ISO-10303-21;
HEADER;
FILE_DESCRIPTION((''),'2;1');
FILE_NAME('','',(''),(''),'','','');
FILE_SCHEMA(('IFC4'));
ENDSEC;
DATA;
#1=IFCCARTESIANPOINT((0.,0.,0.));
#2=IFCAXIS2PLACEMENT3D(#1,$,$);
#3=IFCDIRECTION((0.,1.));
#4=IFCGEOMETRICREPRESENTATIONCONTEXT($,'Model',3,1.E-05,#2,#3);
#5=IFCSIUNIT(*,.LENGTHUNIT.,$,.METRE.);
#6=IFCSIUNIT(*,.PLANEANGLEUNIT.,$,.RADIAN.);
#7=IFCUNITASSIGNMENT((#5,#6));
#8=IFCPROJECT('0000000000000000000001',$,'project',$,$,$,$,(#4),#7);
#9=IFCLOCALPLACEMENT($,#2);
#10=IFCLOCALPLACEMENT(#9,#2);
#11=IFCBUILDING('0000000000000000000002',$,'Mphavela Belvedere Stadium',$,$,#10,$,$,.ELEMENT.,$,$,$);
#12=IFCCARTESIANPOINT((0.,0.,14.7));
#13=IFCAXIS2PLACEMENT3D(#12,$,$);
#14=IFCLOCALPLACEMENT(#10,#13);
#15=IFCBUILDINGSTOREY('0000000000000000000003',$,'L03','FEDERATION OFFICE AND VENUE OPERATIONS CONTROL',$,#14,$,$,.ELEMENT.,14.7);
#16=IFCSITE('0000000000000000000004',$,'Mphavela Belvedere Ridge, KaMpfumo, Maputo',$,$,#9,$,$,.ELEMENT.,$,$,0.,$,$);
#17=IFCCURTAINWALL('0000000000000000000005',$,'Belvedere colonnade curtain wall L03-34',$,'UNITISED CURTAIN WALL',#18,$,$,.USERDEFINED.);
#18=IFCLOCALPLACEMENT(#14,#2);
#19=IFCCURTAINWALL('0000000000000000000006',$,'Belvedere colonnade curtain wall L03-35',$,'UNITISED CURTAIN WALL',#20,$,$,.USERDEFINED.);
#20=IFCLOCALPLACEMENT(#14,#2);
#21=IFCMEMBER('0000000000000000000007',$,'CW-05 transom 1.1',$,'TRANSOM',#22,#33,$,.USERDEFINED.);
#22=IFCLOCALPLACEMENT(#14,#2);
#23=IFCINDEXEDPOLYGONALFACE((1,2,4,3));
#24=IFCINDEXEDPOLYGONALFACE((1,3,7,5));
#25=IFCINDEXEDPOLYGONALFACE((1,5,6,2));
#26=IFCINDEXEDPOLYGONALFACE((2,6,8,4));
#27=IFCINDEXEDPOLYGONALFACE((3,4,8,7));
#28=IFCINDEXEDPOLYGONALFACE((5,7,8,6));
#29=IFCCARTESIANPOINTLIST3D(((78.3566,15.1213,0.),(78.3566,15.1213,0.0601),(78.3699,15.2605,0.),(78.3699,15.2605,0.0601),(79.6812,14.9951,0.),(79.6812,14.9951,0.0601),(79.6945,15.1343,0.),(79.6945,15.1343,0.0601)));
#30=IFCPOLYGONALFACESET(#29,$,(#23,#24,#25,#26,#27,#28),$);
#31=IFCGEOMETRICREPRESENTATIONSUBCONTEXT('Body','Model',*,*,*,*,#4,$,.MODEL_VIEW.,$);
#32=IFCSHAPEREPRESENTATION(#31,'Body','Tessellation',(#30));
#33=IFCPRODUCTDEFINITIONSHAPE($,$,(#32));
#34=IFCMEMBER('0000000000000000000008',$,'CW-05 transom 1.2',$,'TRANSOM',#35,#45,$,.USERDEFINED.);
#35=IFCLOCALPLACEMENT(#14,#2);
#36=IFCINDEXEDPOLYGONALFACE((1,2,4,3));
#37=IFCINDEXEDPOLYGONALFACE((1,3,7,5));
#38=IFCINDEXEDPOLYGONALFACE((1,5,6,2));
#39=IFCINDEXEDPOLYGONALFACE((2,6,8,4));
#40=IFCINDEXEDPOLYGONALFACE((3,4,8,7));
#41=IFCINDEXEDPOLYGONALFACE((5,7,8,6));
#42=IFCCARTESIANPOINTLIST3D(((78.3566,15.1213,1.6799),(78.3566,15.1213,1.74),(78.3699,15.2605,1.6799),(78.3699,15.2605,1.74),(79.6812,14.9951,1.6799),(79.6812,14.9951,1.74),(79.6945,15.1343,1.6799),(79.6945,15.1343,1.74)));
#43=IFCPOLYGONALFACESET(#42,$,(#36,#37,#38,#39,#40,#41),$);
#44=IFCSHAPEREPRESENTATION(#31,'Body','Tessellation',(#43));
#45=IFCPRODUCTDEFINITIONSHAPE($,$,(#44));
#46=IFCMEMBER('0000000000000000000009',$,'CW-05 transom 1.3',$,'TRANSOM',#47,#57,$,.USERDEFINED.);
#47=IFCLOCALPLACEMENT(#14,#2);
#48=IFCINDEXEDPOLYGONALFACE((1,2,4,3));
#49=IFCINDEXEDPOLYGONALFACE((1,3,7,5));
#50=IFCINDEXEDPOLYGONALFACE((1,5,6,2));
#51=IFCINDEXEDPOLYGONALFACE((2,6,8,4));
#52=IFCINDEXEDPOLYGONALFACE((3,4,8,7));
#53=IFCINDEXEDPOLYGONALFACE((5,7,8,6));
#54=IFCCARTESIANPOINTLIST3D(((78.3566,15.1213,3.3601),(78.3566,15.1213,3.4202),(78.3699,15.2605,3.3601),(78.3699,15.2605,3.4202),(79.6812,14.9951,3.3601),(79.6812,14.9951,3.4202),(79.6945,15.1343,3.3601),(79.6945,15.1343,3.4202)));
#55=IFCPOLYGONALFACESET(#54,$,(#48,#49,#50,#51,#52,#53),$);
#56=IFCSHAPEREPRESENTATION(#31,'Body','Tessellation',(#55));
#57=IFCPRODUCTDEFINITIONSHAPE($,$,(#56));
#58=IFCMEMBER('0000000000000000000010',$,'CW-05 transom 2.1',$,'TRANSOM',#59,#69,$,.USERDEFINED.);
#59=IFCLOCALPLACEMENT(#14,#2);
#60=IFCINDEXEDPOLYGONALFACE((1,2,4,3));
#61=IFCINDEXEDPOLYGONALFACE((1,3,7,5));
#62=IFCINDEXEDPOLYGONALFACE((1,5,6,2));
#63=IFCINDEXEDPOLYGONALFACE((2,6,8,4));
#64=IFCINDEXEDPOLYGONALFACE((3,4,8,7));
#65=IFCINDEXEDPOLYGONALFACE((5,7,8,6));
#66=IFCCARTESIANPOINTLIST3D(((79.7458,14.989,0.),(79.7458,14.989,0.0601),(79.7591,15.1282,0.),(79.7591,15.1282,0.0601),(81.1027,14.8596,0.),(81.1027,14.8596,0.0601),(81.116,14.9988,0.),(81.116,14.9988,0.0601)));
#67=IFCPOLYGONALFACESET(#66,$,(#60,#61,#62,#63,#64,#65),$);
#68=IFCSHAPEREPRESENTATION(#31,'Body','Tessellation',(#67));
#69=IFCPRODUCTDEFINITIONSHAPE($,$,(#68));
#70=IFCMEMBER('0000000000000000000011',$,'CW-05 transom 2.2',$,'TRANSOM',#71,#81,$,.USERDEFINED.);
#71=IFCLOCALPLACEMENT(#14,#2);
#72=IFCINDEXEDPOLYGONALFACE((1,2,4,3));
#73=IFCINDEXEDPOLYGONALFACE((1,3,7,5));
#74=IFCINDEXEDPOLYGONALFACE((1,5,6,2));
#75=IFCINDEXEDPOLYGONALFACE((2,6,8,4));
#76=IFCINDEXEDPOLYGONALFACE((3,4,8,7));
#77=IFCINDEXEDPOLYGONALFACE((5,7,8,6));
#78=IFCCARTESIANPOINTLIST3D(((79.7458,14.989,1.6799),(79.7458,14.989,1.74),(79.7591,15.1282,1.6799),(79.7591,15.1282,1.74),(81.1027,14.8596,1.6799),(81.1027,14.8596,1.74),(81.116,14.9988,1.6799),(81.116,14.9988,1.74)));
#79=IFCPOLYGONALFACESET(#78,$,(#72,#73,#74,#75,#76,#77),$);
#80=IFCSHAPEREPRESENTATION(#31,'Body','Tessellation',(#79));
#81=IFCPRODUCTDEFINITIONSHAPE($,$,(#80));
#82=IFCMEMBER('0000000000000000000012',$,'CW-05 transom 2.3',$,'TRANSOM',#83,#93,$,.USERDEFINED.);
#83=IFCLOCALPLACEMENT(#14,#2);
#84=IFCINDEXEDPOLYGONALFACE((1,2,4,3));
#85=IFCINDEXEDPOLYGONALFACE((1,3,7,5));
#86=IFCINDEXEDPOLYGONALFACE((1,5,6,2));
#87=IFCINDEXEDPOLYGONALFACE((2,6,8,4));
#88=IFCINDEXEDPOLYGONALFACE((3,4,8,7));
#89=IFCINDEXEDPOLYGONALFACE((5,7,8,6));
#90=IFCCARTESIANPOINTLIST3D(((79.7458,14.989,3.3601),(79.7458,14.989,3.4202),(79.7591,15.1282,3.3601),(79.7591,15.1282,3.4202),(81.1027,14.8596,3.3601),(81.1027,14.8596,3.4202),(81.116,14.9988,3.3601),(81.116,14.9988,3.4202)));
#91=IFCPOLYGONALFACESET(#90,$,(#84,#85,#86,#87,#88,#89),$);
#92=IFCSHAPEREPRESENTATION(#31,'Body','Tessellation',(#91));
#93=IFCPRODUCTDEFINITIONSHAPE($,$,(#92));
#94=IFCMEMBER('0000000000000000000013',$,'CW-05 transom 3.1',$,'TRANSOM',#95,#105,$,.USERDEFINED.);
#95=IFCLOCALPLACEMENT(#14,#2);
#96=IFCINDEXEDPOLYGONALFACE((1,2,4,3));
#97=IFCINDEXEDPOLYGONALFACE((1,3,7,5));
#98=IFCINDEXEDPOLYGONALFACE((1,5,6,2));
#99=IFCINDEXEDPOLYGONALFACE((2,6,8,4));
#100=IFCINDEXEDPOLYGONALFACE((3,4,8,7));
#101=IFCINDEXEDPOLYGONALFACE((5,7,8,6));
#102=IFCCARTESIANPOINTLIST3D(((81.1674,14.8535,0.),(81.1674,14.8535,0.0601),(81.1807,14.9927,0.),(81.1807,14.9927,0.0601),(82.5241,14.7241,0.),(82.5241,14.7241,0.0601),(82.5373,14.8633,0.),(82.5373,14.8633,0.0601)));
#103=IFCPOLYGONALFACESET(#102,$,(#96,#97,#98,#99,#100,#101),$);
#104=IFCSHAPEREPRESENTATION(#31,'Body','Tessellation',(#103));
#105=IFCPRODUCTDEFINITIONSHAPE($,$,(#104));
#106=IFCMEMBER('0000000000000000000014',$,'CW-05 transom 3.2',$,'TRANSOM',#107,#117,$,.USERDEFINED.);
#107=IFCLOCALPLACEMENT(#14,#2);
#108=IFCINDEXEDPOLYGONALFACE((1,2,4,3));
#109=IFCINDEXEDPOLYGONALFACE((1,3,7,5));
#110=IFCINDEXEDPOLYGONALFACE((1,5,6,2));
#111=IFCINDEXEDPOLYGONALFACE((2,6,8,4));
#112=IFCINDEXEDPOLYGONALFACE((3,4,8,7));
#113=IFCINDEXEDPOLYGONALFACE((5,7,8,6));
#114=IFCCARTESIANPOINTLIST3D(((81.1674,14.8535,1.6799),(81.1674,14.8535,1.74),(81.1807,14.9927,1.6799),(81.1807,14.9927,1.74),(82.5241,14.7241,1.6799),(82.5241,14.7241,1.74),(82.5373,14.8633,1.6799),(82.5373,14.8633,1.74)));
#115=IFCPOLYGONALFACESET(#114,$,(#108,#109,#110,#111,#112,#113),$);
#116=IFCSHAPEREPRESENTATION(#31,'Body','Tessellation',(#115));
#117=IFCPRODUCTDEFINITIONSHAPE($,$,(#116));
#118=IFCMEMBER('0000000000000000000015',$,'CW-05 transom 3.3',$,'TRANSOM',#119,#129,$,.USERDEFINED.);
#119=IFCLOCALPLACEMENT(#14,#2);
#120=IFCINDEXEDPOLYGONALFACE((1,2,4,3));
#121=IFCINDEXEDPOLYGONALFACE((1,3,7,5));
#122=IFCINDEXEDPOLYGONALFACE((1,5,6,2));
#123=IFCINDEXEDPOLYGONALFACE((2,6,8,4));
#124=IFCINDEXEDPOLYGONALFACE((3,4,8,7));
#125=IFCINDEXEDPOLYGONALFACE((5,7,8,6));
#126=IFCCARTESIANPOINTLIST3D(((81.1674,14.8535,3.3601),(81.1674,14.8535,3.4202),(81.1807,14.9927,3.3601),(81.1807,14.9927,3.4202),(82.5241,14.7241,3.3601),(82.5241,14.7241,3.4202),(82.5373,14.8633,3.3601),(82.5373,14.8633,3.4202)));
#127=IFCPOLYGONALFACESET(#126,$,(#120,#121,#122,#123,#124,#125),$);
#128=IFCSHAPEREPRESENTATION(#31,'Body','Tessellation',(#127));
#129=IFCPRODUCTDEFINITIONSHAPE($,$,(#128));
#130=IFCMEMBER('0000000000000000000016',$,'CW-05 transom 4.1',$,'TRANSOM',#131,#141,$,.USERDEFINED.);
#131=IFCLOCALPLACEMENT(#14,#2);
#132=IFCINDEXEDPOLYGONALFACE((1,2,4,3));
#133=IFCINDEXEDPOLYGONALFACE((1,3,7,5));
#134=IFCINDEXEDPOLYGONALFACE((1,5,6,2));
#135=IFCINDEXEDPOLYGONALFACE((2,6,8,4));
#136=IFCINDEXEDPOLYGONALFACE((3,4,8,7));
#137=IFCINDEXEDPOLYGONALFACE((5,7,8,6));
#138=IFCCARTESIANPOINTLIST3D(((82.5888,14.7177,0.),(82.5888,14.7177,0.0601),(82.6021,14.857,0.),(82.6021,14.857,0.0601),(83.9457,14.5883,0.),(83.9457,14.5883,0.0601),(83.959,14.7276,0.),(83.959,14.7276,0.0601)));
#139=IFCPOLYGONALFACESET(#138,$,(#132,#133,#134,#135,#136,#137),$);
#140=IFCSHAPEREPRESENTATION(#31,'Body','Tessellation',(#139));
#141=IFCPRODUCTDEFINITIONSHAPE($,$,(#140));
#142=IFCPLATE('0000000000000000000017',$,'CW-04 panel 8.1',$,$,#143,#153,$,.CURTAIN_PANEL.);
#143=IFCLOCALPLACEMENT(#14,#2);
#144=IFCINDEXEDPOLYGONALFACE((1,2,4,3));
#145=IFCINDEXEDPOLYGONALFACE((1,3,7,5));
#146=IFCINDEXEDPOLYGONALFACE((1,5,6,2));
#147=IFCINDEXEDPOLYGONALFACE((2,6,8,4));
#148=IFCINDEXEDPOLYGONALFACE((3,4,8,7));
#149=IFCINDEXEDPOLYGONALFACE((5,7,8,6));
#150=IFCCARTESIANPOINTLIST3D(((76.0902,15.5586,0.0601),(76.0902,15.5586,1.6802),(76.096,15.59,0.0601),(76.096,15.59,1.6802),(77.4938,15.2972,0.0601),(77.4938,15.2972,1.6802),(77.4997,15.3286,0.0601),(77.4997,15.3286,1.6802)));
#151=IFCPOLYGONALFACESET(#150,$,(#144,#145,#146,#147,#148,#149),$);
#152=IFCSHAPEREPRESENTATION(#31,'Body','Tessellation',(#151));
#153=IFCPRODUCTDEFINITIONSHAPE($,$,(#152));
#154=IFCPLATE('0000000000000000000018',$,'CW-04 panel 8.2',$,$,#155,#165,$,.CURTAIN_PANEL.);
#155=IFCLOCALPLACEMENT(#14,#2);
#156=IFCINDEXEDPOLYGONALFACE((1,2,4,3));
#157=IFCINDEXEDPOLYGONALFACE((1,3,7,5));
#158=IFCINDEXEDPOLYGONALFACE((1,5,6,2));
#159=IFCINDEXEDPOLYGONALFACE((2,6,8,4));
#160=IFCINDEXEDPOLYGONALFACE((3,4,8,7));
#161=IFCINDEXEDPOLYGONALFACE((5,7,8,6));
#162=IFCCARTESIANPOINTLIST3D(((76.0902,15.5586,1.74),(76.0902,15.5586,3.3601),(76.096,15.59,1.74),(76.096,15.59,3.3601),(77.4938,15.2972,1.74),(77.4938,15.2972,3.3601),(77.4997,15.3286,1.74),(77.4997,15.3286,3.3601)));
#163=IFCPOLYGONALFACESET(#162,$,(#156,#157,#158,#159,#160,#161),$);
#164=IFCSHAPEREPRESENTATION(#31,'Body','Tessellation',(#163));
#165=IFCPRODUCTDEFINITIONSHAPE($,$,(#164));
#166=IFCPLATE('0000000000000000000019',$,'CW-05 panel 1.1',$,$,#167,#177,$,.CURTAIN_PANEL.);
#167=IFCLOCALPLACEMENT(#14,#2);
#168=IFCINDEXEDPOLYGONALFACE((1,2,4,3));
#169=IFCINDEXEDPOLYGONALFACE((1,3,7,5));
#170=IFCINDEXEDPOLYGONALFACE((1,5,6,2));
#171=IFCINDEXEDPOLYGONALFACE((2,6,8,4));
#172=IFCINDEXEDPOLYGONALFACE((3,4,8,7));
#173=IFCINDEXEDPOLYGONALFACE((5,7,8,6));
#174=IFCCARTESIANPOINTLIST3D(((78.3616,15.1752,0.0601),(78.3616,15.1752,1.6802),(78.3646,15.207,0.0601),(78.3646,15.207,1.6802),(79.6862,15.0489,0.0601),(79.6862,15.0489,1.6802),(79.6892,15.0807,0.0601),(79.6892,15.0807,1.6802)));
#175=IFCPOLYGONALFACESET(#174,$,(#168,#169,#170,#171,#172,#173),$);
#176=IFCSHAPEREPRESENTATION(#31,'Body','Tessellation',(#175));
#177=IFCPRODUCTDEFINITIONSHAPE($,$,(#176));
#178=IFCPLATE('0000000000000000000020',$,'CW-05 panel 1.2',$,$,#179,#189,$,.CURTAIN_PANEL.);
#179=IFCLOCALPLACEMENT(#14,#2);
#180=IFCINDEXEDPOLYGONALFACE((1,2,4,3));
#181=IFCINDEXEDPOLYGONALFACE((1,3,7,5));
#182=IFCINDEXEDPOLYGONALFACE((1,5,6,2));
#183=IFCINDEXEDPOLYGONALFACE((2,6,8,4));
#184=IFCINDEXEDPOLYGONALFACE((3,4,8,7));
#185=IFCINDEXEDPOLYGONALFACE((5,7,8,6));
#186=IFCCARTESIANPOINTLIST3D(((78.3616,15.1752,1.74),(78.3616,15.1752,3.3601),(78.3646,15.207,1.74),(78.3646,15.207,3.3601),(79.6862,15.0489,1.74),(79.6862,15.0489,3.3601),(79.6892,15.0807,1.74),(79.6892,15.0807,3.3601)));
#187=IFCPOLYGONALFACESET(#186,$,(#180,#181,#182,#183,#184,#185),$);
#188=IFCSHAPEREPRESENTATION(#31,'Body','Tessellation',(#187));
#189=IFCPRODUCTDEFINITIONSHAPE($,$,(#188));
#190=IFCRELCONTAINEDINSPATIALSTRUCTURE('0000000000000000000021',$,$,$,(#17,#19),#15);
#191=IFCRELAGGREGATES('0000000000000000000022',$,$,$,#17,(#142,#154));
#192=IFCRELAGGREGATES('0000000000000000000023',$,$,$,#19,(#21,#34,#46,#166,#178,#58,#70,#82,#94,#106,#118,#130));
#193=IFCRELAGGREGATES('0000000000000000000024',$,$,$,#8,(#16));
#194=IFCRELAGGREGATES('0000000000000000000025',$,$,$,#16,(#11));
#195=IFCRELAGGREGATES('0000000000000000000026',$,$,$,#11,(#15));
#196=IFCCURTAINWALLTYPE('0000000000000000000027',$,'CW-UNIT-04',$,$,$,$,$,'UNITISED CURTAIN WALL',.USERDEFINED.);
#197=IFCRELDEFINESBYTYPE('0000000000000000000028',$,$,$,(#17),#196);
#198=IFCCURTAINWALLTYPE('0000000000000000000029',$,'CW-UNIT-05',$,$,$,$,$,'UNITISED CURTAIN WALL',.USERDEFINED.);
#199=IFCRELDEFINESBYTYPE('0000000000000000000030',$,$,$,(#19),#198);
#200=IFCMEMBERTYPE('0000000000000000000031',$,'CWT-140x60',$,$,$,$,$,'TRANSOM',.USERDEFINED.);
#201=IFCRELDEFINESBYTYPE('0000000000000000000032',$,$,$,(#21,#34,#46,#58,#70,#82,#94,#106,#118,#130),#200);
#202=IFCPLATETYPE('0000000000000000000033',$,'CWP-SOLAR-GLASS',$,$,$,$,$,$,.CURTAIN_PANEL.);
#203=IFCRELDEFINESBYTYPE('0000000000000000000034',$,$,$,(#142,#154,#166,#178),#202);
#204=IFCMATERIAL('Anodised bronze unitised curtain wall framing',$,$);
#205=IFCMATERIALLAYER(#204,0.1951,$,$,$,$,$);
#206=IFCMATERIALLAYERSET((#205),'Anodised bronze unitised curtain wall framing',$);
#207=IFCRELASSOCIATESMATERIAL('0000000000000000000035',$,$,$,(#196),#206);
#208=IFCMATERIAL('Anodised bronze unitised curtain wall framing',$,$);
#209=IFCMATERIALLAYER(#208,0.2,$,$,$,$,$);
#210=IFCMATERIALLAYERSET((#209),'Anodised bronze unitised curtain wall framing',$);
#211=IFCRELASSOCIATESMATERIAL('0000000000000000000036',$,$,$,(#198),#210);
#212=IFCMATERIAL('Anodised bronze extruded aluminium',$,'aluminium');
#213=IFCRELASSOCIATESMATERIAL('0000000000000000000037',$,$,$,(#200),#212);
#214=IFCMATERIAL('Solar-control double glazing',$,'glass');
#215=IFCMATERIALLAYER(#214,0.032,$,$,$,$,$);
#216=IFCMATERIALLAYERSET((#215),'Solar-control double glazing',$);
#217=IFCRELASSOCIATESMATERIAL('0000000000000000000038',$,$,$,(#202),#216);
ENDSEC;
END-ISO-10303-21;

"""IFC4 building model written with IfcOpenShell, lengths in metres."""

from ifc_helpers import new_model, si_unit, direction, frame, origin, origin_2d, place, context, subcontext, project, spatial, rectangle, extrude, material, layer, layer_set, material_profile, profile_set, type_object, element, aggregate, save


model = new_model("IFC4")

# Units and contexts
model_context = context("Model", 3, precision=1e-05, world=origin(), true_north=direction((0.0, 1.0)))
body_context = subcontext(model_context, "Body", "Model", "MODEL_VIEW")
ifc_project = project(units=[si_unit("LENGTHUNIT", "METRE"), si_unit("PLANEANGLEUNIT", "RADIAN")], contexts=[model_context])

# Site, building, storey
site_placement = place(None, origin())
site = spatial("IfcSite", under=ifc_project, at=site_placement, Name="Mphavela Belvedere Ridge, KaMpfumo, Maputo", CompositionType="ELEMENT", RefElevation=0.0)
building_placement = place(site_placement, origin())
building = spatial("IfcBuilding", under=site, at=building_placement, Name="Mphavela Belvedere Stadium", CompositionType="ELEMENT")
storey_placement = place(building_placement, frame((0.0, 0.0, 14.7)))
storey = spatial("IfcBuildingStorey", under=building, at=storey_placement, Name="L03", Description="FEDERATION OFFICE AND VENUE OPERATIONS CONTROL", CompositionType="ELEMENT", Elevation=14.7)

# Curtain wall
ifc_material_1 = material(Name="Anodised bronze unitised curtain wall framing")
ifc_layer_1 = layer(ifc_material_1, 0.1951)
ifc_layer_set_1 = layer_set([ifc_layer_1], Name="Anodised bronze unitised curtain wall framing")
curtain_wall_type_1 = type_object("IfcCurtainWallType", Name="CW-UNIT-04", ElementType="UNITISED CURTAIN WALL", PredefinedType="USERDEFINED", material=ifc_layer_set_1)
curtain_wall_1_placement = place(storey_placement, origin())
curtain_wall_1 = element("IfcCurtainWall", 1, at=curtain_wall_1_placement, inside=storey, type_object=curtain_wall_type_1, Name="Belvedere colonnade curtain wall L03-34", ObjectType="UNITISED CURTAIN WALL", PredefinedType="USERDEFINED")

# Curtain wall, members
ifc_material_2 = material(Name="Anodised bronze unitised curtain wall framing")
ifc_layer_2 = layer(ifc_material_2, 0.2)
ifc_layer_set_2 = layer_set([ifc_layer_2], Name="Anodised bronze unitised curtain wall framing")
curtain_wall_type_2 = type_object("IfcCurtainWallType", Name="CW-UNIT-05", ElementType="UNITISED CURTAIN WALL", PredefinedType="USERDEFINED", material=ifc_layer_set_2)
curtain_wall_2_placement = place(storey_placement, origin())
curtain_wall_2 = element("IfcCurtainWall", 2, at=curtain_wall_2_placement, inside=storey, type_object=curtain_wall_type_2, Name="Belvedere colonnade curtain wall L03-35", ObjectType="UNITISED CURTAIN WALL", PredefinedType="USERDEFINED")
ifc_material_3 = material(Name="Anodised bronze extruded aluminium", Category="aluminium")
ifc_material_profile_1 = material_profile(ifc_material_3, rectangle(XDim=0.1399, YDim=0.0601, at=origin_2d()), Name="CW-TRN 140x60")
ifc_profile_set_1 = profile_set([ifc_material_profile_1], Name="Anodised bronze extruded aluminium")
member_type_1 = type_object("IfcMemberType", Name="CWT-140x60", ElementType="TRANSOM", PredefinedType="USERDEFINED", material=ifc_profile_set_1)
member_1_placement = place(storey_placement, frame((78.3633, 15.1909, 0.03), z_axis=(0.99549, -0.09487, 0.0), x_axis=(0.09487, 0.99549, 0.0)))
member_1 = element("IfcMember", 3, at=member_1_placement, type_object=member_type_1, Name="CW-05 transom 1.1", ObjectType="TRANSOM", PredefinedType="USERDEFINED", context=body_context, shape_type="SweptSolid", body=[
    extrude(rectangle(XDim=0.1399, YDim=0.0601, at=origin_2d()), origin(), (0.0, 0.0, 1.0), 1.3306),
])
member_2_placement = place(storey_placement, frame((78.3633, 15.1909, 1.71), z_axis=(0.99549, -0.09487, 0.0), x_axis=(0.09487, 0.99549, 0.0)))
member_2 = element("IfcMember", 4, at=member_2_placement, type_object=member_type_1, Name="CW-05 transom 1.2", ObjectType="TRANSOM", PredefinedType="USERDEFINED", context=body_context, shape_type="SweptSolid", body=[
    extrude(rectangle(XDim=0.1399, YDim=0.0601, at=origin_2d()), origin(), (0.0, 0.0, 1.0), 1.3306),
])
member_3_placement = place(storey_placement, frame((78.3633, 15.1909, 3.3901), z_axis=(0.99549, -0.09487, 0.0), x_axis=(0.09487, 0.99549, 0.0)))
member_3 = element("IfcMember", 5, at=member_3_placement, type_object=member_type_1, Name="CW-05 transom 1.3", ObjectType="TRANSOM", PredefinedType="USERDEFINED", context=body_context, shape_type="SweptSolid", body=[
    extrude(rectangle(XDim=0.1399, YDim=0.0601, at=origin_2d()), origin(), (0.0, 0.0, 1.0), 1.3306),
])
member_4_placement = place(storey_placement, frame((79.7524, 15.0586, 0.03), z_axis=(0.995484, -0.094927, 0.0), x_axis=(0.094927, 0.995484, 0.0)))
member_4 = element("IfcMember", 6, at=member_4_placement, type_object=member_type_1, Name="CW-05 transom 2.1", ObjectType="TRANSOM", PredefinedType="USERDEFINED", context=body_context, shape_type="SweptSolid", body=[
    extrude(rectangle(XDim=0.1399, YDim=0.0601, at=origin_2d()), origin(), (0.0, 0.0, 1.0), 1.363),
])
member_5_placement = place(storey_placement, frame((79.7524, 15.0586, 1.71), z_axis=(0.995484, -0.094927, 0.0), x_axis=(0.094927, 0.995484, 0.0)))
member_5 = element("IfcMember", 7, at=member_5_placement, type_object=member_type_1, Name="CW-05 transom 2.2", ObjectType="TRANSOM", PredefinedType="USERDEFINED", context=body_context, shape_type="SweptSolid", body=[
    extrude(rectangle(XDim=0.1399, YDim=0.0601, at=origin_2d()), origin(), (0.0, 0.0, 1.0), 1.363),
])
member_6_placement = place(storey_placement, frame((79.7524, 15.0586, 3.3901), z_axis=(0.995484, -0.094927, 0.0), x_axis=(0.094927, 0.995484, 0.0)))
member_6 = element("IfcMember", 8, at=member_6_placement, type_object=member_type_1, Name="CW-05 transom 2.3", ObjectType="TRANSOM", PredefinedType="USERDEFINED", context=body_context, shape_type="SweptSolid", body=[
    extrude(rectangle(XDim=0.1399, YDim=0.0601, at=origin_2d()), origin(), (0.0, 0.0, 1.0), 1.363),
])
member_7_placement = place(storey_placement, frame((81.1741, 14.9231, 0.03), z_axis=(0.995483, -0.094944, 0.0), x_axis=(0.094944, 0.995483, 0.0)))
member_7 = element("IfcMember", 9, at=member_7_placement, type_object=member_type_1, Name="CW-05 transom 3.1", ObjectType="TRANSOM", PredefinedType="USERDEFINED", context=body_context, shape_type="SweptSolid", body=[
    extrude(rectangle(XDim=0.1399, YDim=0.0601, at=origin_2d()), origin(), (0.0, 0.0, 1.0), 1.3628),
])
member_8_placement = place(storey_placement, frame((81.1741, 14.9231, 1.71), z_axis=(0.995483, -0.094944, 0.0), x_axis=(0.094944, 0.995483, 0.0)))
member_8 = element("IfcMember", 10, at=member_8_placement, type_object=member_type_1, Name="CW-05 transom 3.2", ObjectType="TRANSOM", PredefinedType="USERDEFINED", context=body_context, shape_type="SweptSolid", body=[
    extrude(rectangle(XDim=0.1399, YDim=0.0601, at=origin_2d()), origin(), (0.0, 0.0, 1.0), 1.3628),
])
member_9_placement = place(storey_placement, frame((81.1741, 14.9231, 3.3901), z_axis=(0.995483, -0.094944, 0.0), x_axis=(0.094944, 0.995483, 0.0)))
member_9 = element("IfcMember", 11, at=member_9_placement, type_object=member_type_1, Name="CW-05 transom 3.3", ObjectType="TRANSOM", PredefinedType="USERDEFINED", context=body_context, shape_type="SweptSolid", body=[
    extrude(rectangle(XDim=0.1399, YDim=0.0601, at=origin_2d()), origin(), (0.0, 0.0, 1.0), 1.3628),
])
member_10_placement = place(storey_placement, frame((82.5955, 14.7874, 0.03), z_axis=(0.995484, -0.094927, 0.0), x_axis=(0.094927, 0.995484, 0.0)))
member_10 = element("IfcMember", 12, at=member_10_placement, type_object=member_type_1, Name="CW-05 transom 4.1", ObjectType="TRANSOM", PredefinedType="USERDEFINED", context=body_context, shape_type="SweptSolid", body=[
    extrude(rectangle(XDim=0.1399, YDim=0.0601, at=origin_2d()), origin(), (0.0, 0.0, 1.0), 1.363),
])

# Plates
ifc_material_4 = material(Name="Solar-control double glazing", Category="glass")
ifc_layer_3 = layer(ifc_material_4, 0.032)
ifc_layer_set_3 = layer_set([ifc_layer_3], Name="Solar-control double glazing")
plate_type = type_object("IfcPlateType", Name="CWP-SOLAR-GLASS", PredefinedType="CURTAIN_PANEL", material=ifc_layer_set_3)
plate_1_placement = place(storey_placement, frame((76.7949, 15.4436, 0.0601), z_axis=(0.0, 0.0, 1.0), x_axis=(0.983097, -0.183088, 0.0)))
plate_1 = element("IfcPlate", 13, at=plate_1_placement, type_object=plate_type, Name="CW-04 panel 8.1", PredefinedType="CURTAIN_PANEL", context=body_context, shape_type="SweptSolid", body=[
    extrude(rectangle(XDim=1.4277, YDim=0.032, at=origin_2d()), origin(), (0.0, 0.0, 1.0), 1.6201),
])
plate_2_placement = place(storey_placement, frame((76.7949, 15.4436, 1.74), z_axis=(0.0, 0.0, 1.0), x_axis=(0.983097, -0.183088, 0.0)))
plate_2 = element("IfcPlate", 14, at=plate_2_placement, type_object=plate_type, Name="CW-04 panel 8.2", PredefinedType="CURTAIN_PANEL", context=body_context, shape_type="SweptSolid", body=[
    extrude(rectangle(XDim=1.4277, YDim=0.032, at=origin_2d()), origin(), (0.0, 0.0, 1.0), 1.6201),
])
aggregate(curtain_wall_1, [plate_1, plate_2])
plate_3_placement = place(storey_placement, frame((79.0254, 15.1279, 0.0601), z_axis=(0.0, 0.0, 1.0), x_axis=(0.995484, -0.094929, 0.0)))
plate_3 = element("IfcPlate", 15, at=plate_3_placement, type_object=plate_type, Name="CW-05 panel 1.1", PredefinedType="CURTAIN_PANEL", context=body_context, shape_type="SweptSolid", body=[
    extrude(rectangle(XDim=1.3306, YDim=0.032, at=origin_2d()), origin(), (0.0, 0.0, 1.0), 1.6201),
])
plate_4_placement = place(storey_placement, frame((79.0254, 15.1279, 1.74), z_axis=(0.0, 0.0, 1.0), x_axis=(0.995484, -0.094929, 0.0)))
plate_4 = element("IfcPlate", 16, at=plate_4_placement, type_object=plate_type, Name="CW-05 panel 1.2", PredefinedType="CURTAIN_PANEL", context=body_context, shape_type="SweptSolid", body=[
    extrude(rectangle(XDim=1.3306, YDim=0.032, at=origin_2d()), origin(), (0.0, 0.0, 1.0), 1.6201),
])
aggregate(curtain_wall_2, [member_1, member_2, member_3, plate_3, plate_4, member_4, member_5, member_6, member_7, member_8, member_9, member_10])

save(model, "model.ifc")
